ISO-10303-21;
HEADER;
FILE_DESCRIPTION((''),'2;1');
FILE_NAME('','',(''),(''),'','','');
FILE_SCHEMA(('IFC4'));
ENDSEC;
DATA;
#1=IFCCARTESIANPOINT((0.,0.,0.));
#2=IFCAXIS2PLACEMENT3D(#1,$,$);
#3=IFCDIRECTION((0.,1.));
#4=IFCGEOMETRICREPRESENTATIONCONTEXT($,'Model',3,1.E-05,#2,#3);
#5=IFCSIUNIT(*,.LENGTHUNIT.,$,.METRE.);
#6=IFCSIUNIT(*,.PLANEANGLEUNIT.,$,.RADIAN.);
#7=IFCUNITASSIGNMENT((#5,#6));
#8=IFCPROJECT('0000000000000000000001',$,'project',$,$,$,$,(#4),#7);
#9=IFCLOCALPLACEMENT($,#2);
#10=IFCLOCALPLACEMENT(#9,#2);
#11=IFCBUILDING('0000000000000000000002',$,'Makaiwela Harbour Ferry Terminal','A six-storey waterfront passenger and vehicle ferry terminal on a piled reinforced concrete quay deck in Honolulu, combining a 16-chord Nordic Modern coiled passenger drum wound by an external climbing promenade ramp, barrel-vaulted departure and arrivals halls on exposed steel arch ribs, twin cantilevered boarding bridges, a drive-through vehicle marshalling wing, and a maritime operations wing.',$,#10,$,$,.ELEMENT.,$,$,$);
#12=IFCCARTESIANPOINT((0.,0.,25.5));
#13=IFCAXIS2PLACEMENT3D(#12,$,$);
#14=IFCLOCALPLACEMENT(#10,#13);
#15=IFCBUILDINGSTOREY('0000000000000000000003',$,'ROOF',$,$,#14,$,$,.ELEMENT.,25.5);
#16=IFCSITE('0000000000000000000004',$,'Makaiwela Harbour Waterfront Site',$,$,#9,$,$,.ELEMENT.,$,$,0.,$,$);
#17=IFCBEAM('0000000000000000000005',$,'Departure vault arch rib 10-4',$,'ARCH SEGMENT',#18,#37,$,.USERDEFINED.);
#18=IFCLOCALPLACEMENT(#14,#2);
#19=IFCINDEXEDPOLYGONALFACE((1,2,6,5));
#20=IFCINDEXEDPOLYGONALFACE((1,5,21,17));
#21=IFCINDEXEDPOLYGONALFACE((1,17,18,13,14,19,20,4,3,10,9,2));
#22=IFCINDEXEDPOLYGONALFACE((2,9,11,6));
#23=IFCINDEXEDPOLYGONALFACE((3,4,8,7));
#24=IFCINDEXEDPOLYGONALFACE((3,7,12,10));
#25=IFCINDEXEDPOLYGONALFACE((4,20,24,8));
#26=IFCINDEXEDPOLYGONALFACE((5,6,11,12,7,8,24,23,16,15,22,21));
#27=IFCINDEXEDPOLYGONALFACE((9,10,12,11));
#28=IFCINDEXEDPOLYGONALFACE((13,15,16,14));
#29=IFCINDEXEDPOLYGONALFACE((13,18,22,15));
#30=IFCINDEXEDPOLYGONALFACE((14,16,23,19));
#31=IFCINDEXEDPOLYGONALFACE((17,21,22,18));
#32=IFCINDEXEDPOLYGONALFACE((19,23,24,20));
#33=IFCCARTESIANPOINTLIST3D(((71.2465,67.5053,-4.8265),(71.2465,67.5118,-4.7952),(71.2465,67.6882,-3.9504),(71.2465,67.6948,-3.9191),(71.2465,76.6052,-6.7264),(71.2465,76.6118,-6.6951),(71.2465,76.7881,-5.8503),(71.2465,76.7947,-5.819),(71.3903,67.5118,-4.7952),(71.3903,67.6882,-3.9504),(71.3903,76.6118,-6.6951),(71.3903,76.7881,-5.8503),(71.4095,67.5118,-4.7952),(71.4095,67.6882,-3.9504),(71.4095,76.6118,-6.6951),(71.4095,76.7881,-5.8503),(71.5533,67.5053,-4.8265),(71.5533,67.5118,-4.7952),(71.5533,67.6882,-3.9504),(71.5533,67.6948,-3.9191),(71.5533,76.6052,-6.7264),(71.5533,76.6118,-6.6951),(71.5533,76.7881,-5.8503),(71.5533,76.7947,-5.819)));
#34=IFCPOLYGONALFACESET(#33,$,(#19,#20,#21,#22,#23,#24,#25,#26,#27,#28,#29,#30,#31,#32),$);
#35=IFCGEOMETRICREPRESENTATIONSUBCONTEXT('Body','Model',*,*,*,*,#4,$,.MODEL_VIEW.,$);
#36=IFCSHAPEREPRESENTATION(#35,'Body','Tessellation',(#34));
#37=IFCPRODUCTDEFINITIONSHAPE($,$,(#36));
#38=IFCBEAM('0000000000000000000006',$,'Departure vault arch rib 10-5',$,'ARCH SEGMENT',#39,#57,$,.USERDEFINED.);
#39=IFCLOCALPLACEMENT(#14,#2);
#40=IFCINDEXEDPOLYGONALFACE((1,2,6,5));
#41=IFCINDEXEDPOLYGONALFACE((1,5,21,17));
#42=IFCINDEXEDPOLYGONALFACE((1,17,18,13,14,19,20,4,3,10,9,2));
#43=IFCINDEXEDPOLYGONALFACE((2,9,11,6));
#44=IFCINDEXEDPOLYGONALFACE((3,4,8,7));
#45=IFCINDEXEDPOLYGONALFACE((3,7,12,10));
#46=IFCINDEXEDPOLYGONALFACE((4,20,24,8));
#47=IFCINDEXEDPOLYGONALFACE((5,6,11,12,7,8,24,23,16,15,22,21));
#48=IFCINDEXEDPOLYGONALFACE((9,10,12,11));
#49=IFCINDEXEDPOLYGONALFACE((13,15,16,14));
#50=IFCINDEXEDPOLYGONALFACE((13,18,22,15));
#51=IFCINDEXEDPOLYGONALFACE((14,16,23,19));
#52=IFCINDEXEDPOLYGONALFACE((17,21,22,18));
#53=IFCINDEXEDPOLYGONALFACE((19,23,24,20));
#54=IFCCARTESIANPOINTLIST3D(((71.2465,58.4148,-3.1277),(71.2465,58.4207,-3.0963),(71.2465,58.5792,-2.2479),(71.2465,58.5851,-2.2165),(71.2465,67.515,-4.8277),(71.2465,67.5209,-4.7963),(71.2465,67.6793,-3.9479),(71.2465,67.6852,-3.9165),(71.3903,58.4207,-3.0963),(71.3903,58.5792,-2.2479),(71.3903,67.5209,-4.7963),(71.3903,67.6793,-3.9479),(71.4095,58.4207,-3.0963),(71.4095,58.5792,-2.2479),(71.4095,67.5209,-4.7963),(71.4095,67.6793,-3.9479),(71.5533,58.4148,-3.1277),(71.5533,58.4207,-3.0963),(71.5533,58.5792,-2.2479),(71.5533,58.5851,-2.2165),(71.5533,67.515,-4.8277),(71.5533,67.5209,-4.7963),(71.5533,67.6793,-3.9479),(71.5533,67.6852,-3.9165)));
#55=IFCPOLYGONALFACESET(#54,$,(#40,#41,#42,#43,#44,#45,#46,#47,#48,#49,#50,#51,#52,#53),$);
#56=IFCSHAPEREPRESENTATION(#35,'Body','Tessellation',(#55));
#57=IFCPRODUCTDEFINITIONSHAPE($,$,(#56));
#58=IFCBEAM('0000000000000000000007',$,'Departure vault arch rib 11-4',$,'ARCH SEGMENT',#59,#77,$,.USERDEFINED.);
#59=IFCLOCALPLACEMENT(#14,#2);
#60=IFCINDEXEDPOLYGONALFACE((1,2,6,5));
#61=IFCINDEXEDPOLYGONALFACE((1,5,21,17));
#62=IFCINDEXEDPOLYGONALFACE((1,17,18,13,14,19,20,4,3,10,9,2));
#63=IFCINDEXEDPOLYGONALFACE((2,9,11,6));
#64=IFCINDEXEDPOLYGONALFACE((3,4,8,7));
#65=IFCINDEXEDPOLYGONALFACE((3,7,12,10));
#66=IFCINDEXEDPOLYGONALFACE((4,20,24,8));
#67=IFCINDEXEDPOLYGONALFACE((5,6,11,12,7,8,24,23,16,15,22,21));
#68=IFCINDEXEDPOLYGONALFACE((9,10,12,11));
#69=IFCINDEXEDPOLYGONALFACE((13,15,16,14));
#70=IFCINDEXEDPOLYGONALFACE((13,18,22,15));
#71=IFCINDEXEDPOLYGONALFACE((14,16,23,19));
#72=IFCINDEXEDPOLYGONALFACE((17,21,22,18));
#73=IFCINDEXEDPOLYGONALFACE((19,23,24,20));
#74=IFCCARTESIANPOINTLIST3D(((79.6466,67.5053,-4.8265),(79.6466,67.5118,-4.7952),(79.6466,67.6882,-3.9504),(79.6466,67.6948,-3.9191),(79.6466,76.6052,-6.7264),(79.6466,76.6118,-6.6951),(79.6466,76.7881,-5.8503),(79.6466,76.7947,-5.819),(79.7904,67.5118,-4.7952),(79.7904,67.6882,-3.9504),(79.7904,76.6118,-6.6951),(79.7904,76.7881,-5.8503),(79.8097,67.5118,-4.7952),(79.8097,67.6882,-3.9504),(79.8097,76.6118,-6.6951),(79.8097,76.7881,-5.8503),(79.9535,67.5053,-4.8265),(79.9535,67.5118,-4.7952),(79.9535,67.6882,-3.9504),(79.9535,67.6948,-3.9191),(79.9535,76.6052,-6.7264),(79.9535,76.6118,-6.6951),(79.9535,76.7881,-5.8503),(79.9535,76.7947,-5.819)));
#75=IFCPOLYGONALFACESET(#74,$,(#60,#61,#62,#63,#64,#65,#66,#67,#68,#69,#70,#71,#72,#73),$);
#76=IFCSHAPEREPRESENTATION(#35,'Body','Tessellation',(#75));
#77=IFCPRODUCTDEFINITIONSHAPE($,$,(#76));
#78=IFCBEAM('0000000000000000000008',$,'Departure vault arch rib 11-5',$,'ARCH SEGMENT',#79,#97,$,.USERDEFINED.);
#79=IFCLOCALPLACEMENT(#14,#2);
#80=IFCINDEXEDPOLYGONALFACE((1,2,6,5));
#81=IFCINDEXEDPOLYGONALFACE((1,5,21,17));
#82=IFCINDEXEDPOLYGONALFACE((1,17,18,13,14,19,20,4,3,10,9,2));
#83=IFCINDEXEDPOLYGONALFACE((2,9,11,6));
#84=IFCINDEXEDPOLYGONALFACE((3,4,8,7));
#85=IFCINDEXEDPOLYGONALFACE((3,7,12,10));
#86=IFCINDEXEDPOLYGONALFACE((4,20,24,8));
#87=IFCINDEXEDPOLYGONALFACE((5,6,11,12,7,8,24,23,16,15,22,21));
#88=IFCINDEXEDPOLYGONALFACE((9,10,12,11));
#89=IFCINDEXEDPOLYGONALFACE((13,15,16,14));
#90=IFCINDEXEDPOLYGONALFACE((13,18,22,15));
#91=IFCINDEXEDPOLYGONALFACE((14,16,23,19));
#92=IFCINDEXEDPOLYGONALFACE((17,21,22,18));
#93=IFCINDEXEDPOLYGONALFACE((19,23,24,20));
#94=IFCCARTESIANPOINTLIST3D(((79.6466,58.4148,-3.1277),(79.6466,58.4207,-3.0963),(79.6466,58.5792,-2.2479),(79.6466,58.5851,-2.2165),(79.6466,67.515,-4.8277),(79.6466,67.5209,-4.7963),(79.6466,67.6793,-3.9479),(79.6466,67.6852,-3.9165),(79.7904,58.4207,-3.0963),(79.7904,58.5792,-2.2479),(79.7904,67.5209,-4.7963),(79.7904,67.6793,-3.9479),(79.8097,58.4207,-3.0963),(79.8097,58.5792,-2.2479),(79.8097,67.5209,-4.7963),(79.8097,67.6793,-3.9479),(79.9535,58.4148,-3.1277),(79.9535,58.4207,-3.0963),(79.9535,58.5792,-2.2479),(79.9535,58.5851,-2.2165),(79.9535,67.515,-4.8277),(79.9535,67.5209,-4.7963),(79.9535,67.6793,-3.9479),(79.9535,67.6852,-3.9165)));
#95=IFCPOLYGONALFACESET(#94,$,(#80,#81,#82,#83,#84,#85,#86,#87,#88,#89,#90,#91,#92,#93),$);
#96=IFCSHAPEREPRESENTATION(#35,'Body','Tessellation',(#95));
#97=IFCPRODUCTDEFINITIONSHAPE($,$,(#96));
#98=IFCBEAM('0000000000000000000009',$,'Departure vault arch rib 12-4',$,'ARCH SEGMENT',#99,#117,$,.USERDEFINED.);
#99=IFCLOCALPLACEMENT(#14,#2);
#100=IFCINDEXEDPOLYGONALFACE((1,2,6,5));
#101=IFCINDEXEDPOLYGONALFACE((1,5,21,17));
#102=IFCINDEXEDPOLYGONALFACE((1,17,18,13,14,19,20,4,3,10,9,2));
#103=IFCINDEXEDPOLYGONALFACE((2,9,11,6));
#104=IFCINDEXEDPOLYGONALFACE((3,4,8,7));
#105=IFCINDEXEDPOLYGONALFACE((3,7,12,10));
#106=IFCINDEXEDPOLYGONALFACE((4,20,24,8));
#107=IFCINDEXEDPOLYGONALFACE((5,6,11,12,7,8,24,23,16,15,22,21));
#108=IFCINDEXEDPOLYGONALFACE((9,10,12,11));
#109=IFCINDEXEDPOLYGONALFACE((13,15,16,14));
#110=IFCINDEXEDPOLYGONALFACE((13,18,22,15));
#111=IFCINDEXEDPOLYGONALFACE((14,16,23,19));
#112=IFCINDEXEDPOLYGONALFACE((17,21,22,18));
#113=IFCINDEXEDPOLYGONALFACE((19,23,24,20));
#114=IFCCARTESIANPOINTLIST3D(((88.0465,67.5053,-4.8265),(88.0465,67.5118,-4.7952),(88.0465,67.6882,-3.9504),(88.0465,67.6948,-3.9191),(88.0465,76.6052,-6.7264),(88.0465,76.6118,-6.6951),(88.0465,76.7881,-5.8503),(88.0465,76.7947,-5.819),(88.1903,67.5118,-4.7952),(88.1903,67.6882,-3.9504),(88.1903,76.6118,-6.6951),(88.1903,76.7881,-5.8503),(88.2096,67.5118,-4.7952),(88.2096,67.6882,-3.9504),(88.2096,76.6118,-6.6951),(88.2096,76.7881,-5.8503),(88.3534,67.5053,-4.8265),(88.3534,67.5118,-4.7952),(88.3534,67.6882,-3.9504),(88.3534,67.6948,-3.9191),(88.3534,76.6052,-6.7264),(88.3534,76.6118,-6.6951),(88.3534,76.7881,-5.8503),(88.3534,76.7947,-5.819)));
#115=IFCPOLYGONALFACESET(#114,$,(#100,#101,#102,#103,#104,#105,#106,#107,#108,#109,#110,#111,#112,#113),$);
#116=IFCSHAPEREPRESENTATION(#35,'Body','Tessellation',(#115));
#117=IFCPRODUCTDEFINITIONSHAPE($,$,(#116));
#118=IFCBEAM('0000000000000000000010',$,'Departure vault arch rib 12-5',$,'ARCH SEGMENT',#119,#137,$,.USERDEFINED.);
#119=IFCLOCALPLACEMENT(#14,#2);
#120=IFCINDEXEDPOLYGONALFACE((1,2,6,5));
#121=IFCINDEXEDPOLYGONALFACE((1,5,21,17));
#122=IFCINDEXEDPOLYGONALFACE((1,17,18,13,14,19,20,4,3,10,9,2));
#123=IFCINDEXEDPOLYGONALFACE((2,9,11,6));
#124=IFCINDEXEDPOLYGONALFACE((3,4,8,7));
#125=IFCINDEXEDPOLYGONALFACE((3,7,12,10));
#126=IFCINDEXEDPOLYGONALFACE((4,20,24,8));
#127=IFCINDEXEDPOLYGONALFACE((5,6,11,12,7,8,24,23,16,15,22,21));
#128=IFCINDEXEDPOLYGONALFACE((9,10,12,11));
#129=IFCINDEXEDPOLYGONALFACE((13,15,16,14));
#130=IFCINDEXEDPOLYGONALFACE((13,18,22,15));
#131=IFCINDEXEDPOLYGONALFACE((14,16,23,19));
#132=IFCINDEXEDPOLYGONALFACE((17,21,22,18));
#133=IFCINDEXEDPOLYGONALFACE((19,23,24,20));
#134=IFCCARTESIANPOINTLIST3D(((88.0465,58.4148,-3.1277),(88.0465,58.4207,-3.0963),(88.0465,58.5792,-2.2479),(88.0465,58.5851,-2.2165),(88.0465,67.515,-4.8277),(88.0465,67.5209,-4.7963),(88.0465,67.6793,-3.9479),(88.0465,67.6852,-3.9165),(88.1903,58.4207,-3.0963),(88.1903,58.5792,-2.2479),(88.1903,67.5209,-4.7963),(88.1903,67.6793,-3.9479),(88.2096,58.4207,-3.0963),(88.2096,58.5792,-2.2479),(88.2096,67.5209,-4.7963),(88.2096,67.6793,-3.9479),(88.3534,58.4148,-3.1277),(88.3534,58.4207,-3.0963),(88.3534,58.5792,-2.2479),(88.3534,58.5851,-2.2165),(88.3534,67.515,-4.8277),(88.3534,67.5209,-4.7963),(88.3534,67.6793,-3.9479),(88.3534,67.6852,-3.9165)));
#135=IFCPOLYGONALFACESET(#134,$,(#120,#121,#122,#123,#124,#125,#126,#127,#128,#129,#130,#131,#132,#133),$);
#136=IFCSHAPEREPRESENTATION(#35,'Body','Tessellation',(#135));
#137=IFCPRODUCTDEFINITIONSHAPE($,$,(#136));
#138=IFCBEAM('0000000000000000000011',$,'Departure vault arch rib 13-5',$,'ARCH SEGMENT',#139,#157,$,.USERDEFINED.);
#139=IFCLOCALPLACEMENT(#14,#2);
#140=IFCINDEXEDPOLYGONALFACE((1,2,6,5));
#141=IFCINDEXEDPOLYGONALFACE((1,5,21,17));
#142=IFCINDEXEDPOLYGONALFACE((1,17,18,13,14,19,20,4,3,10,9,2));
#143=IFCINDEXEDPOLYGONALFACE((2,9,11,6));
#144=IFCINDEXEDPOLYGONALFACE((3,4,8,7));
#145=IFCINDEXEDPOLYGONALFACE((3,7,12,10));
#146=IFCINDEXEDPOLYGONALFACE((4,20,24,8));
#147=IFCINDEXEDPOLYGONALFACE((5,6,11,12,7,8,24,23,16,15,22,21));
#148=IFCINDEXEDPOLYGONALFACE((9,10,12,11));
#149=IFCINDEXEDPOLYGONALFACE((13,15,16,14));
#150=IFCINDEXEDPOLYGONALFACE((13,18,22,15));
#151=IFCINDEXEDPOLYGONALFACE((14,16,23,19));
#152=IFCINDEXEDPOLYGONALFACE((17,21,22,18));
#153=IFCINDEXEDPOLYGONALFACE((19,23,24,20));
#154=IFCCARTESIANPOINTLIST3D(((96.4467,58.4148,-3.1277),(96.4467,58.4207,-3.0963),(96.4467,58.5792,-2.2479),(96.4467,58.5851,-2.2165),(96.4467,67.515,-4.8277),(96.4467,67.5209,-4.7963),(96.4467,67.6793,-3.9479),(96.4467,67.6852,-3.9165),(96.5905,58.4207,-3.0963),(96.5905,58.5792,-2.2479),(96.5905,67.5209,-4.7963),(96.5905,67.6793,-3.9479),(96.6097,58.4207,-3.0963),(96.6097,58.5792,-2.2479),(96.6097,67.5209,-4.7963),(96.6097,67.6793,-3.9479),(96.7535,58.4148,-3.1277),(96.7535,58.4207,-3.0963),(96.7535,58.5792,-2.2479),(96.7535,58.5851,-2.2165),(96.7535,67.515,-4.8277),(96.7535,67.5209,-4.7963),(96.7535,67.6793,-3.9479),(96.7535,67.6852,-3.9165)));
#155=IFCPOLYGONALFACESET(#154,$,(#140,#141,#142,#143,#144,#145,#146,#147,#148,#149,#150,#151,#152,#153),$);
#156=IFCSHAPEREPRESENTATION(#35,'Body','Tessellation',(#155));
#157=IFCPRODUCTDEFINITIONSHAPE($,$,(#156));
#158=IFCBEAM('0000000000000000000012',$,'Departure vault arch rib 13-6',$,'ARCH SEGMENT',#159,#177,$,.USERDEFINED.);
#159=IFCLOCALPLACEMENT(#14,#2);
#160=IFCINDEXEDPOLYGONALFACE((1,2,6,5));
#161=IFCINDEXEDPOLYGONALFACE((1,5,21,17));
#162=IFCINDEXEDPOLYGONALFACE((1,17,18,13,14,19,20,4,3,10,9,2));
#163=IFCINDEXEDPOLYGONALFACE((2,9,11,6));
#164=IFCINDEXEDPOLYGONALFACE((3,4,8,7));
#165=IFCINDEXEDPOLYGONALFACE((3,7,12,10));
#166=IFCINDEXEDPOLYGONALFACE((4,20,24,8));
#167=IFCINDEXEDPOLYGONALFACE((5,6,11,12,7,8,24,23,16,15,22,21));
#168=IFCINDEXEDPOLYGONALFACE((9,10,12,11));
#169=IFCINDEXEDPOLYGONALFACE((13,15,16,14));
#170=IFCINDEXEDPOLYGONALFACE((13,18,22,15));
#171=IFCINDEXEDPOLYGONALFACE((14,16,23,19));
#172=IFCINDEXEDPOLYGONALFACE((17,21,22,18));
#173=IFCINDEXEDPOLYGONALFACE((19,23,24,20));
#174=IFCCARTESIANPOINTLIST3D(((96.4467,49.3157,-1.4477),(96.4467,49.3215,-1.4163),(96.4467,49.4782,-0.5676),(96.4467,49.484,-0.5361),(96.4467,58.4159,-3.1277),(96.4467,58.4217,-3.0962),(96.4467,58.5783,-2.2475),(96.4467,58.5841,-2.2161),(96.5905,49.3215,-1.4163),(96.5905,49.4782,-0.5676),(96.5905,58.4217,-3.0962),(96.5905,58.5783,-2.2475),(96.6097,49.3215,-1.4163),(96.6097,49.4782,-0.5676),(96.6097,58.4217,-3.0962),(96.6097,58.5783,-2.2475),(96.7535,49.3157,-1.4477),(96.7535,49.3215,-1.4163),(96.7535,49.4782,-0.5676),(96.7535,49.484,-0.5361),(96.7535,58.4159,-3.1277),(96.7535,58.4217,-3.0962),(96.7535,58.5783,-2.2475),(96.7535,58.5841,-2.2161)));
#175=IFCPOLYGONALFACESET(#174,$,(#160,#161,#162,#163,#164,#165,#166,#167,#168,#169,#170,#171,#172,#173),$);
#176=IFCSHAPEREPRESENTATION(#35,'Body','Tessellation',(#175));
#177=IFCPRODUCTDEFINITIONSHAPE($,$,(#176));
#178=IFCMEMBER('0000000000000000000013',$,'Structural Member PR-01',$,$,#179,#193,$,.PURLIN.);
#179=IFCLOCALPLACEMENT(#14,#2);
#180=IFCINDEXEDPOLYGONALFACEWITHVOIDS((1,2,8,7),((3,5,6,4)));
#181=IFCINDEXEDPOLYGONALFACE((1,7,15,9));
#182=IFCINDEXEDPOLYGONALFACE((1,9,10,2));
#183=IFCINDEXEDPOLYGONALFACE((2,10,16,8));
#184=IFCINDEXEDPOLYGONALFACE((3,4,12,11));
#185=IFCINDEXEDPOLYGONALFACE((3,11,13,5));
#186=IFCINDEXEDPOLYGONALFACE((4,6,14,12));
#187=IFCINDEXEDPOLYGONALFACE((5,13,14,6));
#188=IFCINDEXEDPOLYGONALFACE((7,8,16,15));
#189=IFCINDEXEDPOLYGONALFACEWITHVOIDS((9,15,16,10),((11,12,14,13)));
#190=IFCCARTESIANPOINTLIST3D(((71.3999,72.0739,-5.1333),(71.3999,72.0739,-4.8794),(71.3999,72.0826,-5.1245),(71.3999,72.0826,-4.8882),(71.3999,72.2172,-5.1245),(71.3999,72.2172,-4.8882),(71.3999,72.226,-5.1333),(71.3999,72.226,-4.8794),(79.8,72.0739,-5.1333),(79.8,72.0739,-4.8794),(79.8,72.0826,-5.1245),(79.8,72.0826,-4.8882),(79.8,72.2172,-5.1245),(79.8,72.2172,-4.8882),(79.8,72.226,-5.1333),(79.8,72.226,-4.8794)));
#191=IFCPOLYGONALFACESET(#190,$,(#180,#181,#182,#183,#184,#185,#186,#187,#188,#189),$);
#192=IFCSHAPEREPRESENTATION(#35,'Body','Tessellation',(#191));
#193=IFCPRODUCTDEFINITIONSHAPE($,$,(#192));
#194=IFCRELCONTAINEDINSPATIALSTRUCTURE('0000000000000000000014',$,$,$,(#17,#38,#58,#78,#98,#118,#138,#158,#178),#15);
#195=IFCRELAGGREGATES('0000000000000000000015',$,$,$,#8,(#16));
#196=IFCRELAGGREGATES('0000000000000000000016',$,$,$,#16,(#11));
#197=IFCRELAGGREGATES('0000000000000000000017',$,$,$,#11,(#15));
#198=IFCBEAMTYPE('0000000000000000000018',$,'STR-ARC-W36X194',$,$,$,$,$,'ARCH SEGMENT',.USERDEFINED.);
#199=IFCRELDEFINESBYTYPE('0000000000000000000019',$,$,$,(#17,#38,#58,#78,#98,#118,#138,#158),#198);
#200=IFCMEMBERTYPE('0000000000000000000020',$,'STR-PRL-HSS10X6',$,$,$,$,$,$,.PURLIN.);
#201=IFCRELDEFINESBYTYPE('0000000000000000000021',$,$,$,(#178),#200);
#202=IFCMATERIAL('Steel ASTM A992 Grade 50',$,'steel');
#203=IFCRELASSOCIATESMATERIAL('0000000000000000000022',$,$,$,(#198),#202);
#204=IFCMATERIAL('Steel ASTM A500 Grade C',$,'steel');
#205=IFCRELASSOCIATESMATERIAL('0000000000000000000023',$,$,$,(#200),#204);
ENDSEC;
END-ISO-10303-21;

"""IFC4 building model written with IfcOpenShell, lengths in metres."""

from ifc_helpers import new_model, si_unit, direction, frame, origin, origin_2d, place, context, subcontext, project, spatial, hollow_rectangle, i_section, extrude, material, material_profile, profile_set, type_object, element, save


model = new_model("IFC4")

# Units and contexts
model_context = context("Model", 3, precision=1e-05, world=origin(), true_north=direction((0.0, 1.0)))
body_context = subcontext(model_context, "Body", "Model", "MODEL_VIEW")
ifc_project = project(units=[si_unit("LENGTHUNIT", "METRE"), si_unit("PLANEANGLEUNIT", "RADIAN")], contexts=[model_context])

# Site, building, storey
site_placement = place(None, origin())
site = spatial("IfcSite", under=ifc_project, at=site_placement, Name="Makaiwela Harbour Waterfront Site", CompositionType="ELEMENT", RefElevation=0.0)
building_placement = place(site_placement, origin())
building = spatial("IfcBuilding", under=site, at=building_placement, Name="Makaiwela Harbour Ferry Terminal", Description="A six-storey waterfront passenger and vehicle ferry terminal on a piled reinforced concrete quay deck in Honolulu, combining a 16-chord Nordic Modern coiled passenger drum wound by an external climbing promenade ramp, barrel-vaulted departure and arrivals halls on exposed steel arch ribs, twin cantilevered boarding bridges, a drive-through vehicle marshalling wing, and a maritime operations wing.", CompositionType="ELEMENT")
storey_placement = place(building_placement, frame((0.0, 0.0, 25.5)))
storey = spatial("IfcBuildingStorey", under=building, at=storey_placement, Name="ROOF", CompositionType="ELEMENT", Elevation=25.5)

# Beams
ifc_material_1 = material(Name="Steel ASTM A992 Grade 50", Category="steel")
ifc_material_profile_1 = material_profile(ifc_material_1, i_section(OverallWidth=0.3069, OverallDepth=0.927, WebThickness=0.0193, FlangeThickness=0.032, at=origin_2d()), Name="W36X194")
ifc_profile_set_1 = profile_set([ifc_material_profile_1], Name="Steel ASTM A992 Grade 50")
beam_type = type_object("IfcBeamType", Name="STR-ARC-W36X194", ElementType="ARCH SEGMENT", PredefinedType="USERDEFINED", material=ifc_profile_set_1)
beam_1_placement = place(storey_placement, frame((71.3999, 76.7, -6.2727), z_axis=(0.0, -0.978892, 0.204377), x_axis=(1.0, 0.0, 0.0)))
element("IfcBeam", 1, at=beam_1_placement, inside=storey, type_object=beam_type, Name="Departure vault arch rib 10-4", ObjectType="ARCH SEGMENT", PredefinedType="USERDEFINED", context=body_context, shape_type="SweptSolid", body=[
    extrude(i_section(OverallWidth=0.3069, OverallDepth=0.927, WebThickness=0.0193, FlangeThickness=0.032, at=origin_2d()), origin(), (0.0, 0.0, 1.0), 9.2961),
])
beam_2_placement = place(storey_placement, frame((71.3999, 67.6001, -4.3721), z_axis=(0.0, -0.982996, 0.183629), x_axis=(1.0, 0.0, 0.0)))
element("IfcBeam", 2, at=beam_2_placement, inside=storey, type_object=beam_type, Name="Departure vault arch rib 10-5", ObjectType="ARCH SEGMENT", PredefinedType="USERDEFINED", context=body_context, shape_type="SweptSolid", body=[
    extrude(i_section(OverallWidth=0.3069, OverallDepth=0.927, WebThickness=0.0193, FlangeThickness=0.032, at=origin_2d()), origin(), (0.0, 0.0, 1.0), 9.2576),
])
beam_3_placement = place(storey_placement, frame((79.8, 76.7, -6.2727), z_axis=(0.0, -0.978892, 0.204377), x_axis=(1.0, 0.0, 0.0)))
element("IfcBeam", 3, at=beam_3_placement, inside=storey, type_object=beam_type, Name="Departure vault arch rib 11-4", ObjectType="ARCH SEGMENT", PredefinedType="USERDEFINED", context=body_context, shape_type="SweptSolid", body=[
    extrude(i_section(OverallWidth=0.3069, OverallDepth=0.927, WebThickness=0.0193, FlangeThickness=0.032, at=origin_2d()), origin(), (0.0, 0.0, 1.0), 9.2961),
])
beam_4_placement = place(storey_placement, frame((79.8, 67.6001, -4.3721), z_axis=(0.0, -0.982996, 0.183629), x_axis=(1.0, 0.0, 0.0)))
element("IfcBeam", 4, at=beam_4_placement, inside=storey, type_object=beam_type, Name="Departure vault arch rib 11-5", ObjectType="ARCH SEGMENT", PredefinedType="USERDEFINED", context=body_context, shape_type="SweptSolid", body=[
    extrude(i_section(OverallWidth=0.3069, OverallDepth=0.927, WebThickness=0.0193, FlangeThickness=0.032, at=origin_2d()), origin(), (0.0, 0.0, 1.0), 9.2576),
])
beam_5_placement = place(storey_placement, frame((88.2, 76.7, -6.2727), z_axis=(0.0, -0.978892, 0.204377), x_axis=(1.0, 0.0, 0.0)))
element("IfcBeam", 5, at=beam_5_placement, inside=storey, type_object=beam_type, Name="Departure vault arch rib 12-4", ObjectType="ARCH SEGMENT", PredefinedType="USERDEFINED", context=body_context, shape_type="SweptSolid", body=[
    extrude(i_section(OverallWidth=0.3069, OverallDepth=0.927, WebThickness=0.0193, FlangeThickness=0.032, at=origin_2d()), origin(), (0.0, 0.0, 1.0), 9.2961),
])
for number, where, z_axis, x_axis, name in (
    (6, (88.2, 67.6001, -4.3721), (0.0, -0.982996, 0.183629), (1.0, 0.0, 0.0), "Departure vault arch rib 12-5"),
    (7, (96.6001, 67.6001, -4.3721), (0.0, -0.982996, 0.183629), (1.0, 0.0, 0.0), "Departure vault arch rib 13-5"),
):
    element("IfcBeam", number, at=place(storey_placement, frame(where, z_axis=z_axis, x_axis=x_axis)), inside=storey, type_object=beam_type, Name=name, ObjectType="ARCH SEGMENT", PredefinedType="USERDEFINED", context=body_context, shape_type="SweptSolid", body=[
        extrude(i_section(OverallWidth=0.3069, OverallDepth=0.927, WebThickness=0.0193, FlangeThickness=0.032, at=origin_2d()), origin(), (0.0, 0.0, 1.0), 9.2576),
    ])
beam_6_placement = place(storey_placement, frame((96.6001, 58.5, -2.6719), z_axis=(0.0, -0.983384, 0.181538), x_axis=(1.0, 0.0, 0.0)))
element("IfcBeam", 8, at=beam_6_placement, inside=storey, type_object=beam_type, Name="Departure vault arch rib 13-6", ObjectType="ARCH SEGMENT", PredefinedType="USERDEFINED", context=body_context, shape_type="SweptSolid", body=[
    extrude(i_section(OverallWidth=0.3069, OverallDepth=0.927, WebThickness=0.0193, FlangeThickness=0.032, at=origin_2d()), origin(), (0.0, 0.0, 1.0), 9.2539),
])

# Member
ifc_material_2 = material(Name="Steel ASTM A500 Grade C", Category="steel")
ifc_material_profile_2 = material_profile(ifc_material_2, hollow_rectangle(XDim=0.1521, YDim=0.2539, WallThickness=0.0088, at=origin_2d()), Name="HSS10X6X3/8")
ifc_profile_set_2 = profile_set([ifc_material_profile_2], Name="Steel ASTM A500 Grade C")
member_type_1 = type_object("IfcMemberType", Name="STR-PRL-HSS10X6", PredefinedType="PURLIN", material=ifc_profile_set_2)
member_1_placement = place(storey_placement, frame((71.3999, 72.1499, -5.0063), z_axis=(1.0, 0.0, 0.0), x_axis=(0.0, 1.0, 0.0)))
element("IfcMember", 9, at=member_1_placement, inside=storey, type_object=member_type_1, Name="Structural Member PR-01", PredefinedType="PURLIN", context=body_context, shape_type="SweptSolid", body=[
    extrude(hollow_rectangle(XDim=0.1521, YDim=0.2539, WallThickness=0.0088, at=origin_2d()), origin(), (0.0, 0.0, 1.0), 8.4001),
])

save(model, "model.ifc")
